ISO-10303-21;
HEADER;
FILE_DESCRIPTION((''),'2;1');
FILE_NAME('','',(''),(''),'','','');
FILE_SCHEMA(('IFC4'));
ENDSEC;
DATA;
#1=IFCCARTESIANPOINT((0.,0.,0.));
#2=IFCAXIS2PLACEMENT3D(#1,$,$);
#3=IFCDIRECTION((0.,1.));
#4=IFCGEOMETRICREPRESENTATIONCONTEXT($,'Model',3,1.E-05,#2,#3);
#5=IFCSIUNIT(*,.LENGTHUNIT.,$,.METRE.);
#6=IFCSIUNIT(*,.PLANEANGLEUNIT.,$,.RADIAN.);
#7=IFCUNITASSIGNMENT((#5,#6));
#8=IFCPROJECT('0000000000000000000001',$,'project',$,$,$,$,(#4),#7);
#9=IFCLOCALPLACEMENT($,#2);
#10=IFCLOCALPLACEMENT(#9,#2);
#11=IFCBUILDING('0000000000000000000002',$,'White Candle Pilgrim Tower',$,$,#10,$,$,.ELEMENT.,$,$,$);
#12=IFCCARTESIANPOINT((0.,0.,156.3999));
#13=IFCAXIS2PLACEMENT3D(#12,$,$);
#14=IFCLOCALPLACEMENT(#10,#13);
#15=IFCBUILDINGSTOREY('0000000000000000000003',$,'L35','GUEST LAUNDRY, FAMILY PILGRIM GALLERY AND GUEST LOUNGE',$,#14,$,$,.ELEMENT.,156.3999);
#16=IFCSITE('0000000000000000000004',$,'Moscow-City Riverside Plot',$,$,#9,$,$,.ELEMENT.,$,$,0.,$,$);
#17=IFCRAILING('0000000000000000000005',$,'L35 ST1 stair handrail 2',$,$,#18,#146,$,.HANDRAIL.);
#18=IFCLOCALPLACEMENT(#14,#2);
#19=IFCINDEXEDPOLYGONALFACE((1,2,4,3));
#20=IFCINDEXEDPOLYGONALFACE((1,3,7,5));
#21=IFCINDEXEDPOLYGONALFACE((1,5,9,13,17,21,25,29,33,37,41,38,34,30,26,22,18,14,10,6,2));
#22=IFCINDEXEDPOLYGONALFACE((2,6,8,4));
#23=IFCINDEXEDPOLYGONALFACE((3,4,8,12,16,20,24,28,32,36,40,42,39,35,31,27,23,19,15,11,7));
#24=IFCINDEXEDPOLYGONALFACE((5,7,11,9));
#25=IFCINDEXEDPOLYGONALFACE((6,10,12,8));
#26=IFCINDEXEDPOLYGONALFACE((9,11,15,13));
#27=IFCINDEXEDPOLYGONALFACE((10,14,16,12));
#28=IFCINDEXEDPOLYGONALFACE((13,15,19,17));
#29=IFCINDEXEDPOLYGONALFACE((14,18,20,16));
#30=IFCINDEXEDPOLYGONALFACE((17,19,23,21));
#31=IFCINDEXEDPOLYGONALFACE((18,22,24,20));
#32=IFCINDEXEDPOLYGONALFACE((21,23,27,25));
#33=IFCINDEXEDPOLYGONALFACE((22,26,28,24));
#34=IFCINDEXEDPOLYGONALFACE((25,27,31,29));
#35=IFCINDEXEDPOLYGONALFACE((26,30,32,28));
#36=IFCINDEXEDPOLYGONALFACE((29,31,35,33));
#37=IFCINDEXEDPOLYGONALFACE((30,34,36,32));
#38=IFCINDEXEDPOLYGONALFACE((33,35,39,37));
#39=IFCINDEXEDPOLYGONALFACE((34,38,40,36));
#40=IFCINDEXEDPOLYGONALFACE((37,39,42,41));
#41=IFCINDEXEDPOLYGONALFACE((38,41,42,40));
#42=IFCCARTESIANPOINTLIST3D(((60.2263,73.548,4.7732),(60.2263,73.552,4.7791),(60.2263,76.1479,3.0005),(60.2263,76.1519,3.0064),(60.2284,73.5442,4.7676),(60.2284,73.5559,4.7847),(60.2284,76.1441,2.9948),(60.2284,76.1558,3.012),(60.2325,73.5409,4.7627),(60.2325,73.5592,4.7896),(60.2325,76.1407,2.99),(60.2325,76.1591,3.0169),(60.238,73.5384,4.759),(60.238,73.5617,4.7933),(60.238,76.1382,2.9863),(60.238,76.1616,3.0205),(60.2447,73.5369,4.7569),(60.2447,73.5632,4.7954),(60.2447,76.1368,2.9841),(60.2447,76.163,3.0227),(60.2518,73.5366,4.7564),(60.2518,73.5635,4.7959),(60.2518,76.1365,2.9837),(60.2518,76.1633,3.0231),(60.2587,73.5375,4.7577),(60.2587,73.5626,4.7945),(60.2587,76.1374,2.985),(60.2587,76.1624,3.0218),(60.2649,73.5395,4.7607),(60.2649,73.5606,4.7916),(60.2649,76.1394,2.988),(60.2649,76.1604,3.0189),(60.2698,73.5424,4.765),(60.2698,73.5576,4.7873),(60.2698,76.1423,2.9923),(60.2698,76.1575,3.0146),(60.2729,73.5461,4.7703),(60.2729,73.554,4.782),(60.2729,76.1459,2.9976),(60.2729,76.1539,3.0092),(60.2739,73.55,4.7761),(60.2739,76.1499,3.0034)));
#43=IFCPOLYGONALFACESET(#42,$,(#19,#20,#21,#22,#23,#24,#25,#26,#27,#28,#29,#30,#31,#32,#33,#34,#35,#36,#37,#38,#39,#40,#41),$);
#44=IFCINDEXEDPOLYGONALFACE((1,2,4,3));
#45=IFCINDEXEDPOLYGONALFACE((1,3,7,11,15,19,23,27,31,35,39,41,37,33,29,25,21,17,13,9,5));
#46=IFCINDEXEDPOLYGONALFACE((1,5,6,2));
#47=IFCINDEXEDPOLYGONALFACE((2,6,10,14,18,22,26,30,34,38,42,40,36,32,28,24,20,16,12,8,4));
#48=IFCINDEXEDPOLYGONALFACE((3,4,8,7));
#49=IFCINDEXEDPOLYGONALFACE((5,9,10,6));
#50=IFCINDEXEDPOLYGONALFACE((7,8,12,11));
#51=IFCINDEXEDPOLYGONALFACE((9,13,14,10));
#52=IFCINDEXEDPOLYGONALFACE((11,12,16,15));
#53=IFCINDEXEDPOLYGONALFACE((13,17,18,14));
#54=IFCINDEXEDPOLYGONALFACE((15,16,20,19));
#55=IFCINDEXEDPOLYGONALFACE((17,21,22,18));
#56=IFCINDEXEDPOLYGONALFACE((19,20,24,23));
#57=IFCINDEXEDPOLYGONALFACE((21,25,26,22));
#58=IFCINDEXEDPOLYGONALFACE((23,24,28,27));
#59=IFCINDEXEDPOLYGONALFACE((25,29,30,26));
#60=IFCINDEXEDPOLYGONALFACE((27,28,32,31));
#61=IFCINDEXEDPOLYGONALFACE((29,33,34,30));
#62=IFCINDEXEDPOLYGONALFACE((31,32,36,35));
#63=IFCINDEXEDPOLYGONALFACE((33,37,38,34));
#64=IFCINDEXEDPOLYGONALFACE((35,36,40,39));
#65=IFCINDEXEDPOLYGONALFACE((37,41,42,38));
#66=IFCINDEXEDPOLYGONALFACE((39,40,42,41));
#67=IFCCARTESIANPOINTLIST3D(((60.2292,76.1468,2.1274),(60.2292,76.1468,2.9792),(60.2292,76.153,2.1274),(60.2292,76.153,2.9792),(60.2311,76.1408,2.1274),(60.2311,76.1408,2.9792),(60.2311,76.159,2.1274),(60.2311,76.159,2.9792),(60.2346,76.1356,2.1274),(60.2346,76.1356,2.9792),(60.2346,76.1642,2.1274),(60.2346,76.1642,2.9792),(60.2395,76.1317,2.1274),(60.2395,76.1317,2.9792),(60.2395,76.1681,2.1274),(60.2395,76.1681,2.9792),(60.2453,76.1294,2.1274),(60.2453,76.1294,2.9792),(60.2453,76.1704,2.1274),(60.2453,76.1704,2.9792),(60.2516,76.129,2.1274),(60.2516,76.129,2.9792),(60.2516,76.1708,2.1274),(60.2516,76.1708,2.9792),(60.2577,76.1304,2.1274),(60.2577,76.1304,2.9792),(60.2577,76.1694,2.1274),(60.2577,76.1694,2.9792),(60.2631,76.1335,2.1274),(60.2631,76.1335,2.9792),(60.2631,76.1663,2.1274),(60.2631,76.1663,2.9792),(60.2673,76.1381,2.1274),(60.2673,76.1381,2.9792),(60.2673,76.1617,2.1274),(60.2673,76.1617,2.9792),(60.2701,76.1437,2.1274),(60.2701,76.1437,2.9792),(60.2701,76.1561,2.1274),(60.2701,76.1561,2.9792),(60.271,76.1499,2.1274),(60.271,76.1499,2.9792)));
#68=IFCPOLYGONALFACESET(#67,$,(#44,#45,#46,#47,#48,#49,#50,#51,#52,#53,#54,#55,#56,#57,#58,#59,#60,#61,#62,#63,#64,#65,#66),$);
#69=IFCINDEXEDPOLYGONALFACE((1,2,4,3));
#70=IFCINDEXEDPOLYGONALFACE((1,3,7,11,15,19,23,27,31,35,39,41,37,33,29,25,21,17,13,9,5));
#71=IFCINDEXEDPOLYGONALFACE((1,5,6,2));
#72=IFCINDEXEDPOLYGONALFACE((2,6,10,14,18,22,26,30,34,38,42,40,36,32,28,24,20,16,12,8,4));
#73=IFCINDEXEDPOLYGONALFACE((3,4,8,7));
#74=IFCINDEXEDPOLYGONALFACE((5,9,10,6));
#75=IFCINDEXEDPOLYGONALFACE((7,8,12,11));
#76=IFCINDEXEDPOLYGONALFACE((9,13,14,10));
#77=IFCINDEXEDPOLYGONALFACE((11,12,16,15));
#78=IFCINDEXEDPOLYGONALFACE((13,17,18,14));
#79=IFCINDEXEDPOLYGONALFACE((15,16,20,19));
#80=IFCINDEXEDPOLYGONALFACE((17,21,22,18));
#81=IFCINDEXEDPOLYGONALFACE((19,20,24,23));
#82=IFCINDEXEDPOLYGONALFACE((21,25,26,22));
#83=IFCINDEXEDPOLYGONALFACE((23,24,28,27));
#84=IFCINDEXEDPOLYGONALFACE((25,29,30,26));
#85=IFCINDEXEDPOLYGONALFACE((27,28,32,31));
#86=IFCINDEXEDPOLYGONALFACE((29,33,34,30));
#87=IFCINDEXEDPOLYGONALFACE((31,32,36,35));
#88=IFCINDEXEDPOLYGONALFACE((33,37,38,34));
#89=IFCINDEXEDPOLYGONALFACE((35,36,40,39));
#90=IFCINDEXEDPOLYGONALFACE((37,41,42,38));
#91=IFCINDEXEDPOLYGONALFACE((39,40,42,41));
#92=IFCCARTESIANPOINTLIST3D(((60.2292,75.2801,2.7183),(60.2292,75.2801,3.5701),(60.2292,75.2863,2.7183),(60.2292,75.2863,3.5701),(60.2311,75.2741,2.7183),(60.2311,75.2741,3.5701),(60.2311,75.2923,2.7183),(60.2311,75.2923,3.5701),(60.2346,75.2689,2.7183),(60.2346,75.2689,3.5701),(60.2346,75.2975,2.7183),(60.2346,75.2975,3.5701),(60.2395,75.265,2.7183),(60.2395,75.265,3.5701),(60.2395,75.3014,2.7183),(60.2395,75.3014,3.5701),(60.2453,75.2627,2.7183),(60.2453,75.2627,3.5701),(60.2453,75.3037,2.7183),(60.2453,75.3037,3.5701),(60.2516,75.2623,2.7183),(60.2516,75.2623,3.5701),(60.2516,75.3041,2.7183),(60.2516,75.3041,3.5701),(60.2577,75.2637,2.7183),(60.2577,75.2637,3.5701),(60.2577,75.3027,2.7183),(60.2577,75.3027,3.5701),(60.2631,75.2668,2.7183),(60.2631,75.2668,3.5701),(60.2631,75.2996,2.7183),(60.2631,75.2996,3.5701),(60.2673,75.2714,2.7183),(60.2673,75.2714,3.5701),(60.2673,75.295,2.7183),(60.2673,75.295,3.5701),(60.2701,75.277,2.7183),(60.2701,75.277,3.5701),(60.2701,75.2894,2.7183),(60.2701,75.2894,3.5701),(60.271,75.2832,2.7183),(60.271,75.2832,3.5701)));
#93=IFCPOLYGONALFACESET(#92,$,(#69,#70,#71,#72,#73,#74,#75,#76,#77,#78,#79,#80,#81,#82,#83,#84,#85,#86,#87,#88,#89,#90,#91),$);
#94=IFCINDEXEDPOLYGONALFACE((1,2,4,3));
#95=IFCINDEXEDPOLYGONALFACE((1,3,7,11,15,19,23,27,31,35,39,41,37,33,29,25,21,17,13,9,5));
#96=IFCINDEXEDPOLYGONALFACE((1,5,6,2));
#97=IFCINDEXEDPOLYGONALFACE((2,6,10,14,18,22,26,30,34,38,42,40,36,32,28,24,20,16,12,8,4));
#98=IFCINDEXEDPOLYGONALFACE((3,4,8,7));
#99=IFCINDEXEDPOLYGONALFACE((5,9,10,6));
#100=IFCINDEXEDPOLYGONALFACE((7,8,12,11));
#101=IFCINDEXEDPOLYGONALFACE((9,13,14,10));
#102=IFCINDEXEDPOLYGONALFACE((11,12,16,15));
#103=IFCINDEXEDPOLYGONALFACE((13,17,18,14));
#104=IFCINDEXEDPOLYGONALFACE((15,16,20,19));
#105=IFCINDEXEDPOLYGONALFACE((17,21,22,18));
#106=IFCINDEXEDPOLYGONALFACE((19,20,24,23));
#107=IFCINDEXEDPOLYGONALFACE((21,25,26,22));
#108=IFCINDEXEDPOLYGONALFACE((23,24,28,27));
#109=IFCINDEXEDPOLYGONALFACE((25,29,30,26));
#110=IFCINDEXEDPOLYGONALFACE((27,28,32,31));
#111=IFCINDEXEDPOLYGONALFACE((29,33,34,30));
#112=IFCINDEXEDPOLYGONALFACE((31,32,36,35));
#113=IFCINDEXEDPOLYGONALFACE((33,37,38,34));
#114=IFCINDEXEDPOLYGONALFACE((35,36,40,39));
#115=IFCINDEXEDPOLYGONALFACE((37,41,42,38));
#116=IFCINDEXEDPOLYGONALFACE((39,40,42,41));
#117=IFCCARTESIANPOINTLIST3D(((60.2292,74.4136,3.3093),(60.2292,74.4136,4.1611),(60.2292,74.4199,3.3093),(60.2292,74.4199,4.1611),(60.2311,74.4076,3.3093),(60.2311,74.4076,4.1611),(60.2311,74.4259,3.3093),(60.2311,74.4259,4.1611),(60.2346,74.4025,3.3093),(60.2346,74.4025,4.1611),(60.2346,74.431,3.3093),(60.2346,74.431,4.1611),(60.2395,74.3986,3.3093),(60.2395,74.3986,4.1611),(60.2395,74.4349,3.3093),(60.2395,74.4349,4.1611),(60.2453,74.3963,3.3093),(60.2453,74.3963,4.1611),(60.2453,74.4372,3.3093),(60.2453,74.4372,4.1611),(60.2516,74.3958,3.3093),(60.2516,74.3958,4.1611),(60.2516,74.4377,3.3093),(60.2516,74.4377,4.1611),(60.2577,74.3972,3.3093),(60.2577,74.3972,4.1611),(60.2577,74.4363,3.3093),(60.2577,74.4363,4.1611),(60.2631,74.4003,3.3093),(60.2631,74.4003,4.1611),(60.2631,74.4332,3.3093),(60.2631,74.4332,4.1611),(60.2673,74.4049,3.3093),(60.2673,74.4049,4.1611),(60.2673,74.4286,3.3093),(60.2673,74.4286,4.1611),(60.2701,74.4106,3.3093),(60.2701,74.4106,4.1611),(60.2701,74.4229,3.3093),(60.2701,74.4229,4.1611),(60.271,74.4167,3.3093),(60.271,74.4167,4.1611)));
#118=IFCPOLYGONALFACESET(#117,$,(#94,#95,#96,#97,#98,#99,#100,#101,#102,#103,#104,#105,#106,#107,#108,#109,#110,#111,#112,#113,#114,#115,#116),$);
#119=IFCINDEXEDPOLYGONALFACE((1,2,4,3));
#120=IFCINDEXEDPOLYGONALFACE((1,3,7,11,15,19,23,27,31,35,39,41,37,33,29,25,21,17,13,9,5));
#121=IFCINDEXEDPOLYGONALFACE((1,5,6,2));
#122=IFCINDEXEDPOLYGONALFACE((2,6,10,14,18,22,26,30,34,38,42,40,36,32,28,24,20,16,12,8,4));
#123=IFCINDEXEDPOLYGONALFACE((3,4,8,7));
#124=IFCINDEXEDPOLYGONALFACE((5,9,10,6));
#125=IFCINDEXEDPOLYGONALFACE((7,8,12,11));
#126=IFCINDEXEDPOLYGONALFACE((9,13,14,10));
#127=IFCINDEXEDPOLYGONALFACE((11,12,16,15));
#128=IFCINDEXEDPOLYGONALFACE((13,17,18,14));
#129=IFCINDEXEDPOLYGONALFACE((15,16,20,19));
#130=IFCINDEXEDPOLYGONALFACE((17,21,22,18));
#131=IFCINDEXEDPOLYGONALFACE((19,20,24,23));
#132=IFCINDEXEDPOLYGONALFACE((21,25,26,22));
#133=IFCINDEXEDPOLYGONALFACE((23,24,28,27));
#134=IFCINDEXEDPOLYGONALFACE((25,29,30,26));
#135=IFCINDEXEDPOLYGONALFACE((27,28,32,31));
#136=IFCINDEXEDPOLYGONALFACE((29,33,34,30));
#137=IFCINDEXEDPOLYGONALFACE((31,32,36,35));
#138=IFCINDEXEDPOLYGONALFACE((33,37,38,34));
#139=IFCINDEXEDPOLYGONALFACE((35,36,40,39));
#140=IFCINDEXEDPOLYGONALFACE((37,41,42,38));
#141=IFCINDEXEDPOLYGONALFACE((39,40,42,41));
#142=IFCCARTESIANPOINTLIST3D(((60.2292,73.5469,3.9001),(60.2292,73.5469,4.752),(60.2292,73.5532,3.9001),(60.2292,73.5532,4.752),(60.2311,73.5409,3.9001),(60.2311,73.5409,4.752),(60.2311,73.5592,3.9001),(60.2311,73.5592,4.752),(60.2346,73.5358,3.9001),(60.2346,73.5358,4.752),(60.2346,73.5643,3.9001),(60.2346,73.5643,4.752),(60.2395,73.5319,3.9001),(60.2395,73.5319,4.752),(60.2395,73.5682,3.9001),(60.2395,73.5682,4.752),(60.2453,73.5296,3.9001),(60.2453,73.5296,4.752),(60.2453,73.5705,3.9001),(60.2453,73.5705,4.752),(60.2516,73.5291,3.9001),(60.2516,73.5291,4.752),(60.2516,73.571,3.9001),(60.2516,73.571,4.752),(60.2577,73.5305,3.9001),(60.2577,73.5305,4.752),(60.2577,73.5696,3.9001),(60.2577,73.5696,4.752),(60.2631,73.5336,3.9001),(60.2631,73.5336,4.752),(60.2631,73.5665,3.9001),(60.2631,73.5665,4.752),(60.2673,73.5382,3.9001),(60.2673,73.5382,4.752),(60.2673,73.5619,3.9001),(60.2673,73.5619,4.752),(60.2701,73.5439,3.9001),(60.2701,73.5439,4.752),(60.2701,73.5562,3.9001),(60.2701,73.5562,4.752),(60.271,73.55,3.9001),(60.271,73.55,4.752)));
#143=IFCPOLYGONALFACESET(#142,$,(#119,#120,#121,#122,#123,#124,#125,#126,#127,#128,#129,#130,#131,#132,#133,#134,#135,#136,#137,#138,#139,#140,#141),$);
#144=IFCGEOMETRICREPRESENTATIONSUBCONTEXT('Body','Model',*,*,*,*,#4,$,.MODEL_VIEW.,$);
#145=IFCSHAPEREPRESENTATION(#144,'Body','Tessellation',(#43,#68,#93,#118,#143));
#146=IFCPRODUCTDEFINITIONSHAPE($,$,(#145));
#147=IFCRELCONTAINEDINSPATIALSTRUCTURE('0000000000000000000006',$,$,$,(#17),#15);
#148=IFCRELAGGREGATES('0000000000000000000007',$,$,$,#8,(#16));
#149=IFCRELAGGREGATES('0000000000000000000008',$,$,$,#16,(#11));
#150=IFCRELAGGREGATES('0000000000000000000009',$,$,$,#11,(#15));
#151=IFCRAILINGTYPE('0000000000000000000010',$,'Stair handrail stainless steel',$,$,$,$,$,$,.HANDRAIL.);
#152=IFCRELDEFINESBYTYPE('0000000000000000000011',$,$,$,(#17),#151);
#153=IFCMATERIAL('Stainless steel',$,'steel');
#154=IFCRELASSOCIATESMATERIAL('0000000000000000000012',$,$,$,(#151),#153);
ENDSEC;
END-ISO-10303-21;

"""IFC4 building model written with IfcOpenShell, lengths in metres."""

from ifc_helpers import new_model, si_unit, direction, frame, origin, origin_2d, place, context, subcontext, project, spatial, circle, extrude, material, type_object, element, save


model = new_model("IFC4")

# Units and contexts
model_context = context("Model", 3, precision=1e-05, world=origin(), true_north=direction((0.0, 1.0)))
body_context = subcontext(model_context, "Body", "Model", "MODEL_VIEW")
ifc_project = project(units=[si_unit("LENGTHUNIT", "METRE"), si_unit("PLANEANGLEUNIT", "RADIAN")], contexts=[model_context])

# Site, building, storey
site_placement = place(None, origin())
site = spatial("IfcSite", under=ifc_project, at=site_placement, Name="Moscow-City Riverside Plot", CompositionType="ELEMENT", RefElevation=0.0)
building_placement = place(site_placement, origin())
building = spatial("IfcBuilding", under=site, at=building_placement, Name="White Candle Pilgrim Tower", CompositionType="ELEMENT")
storey_placement = place(building_placement, frame((0.0, 0.0, 156.3999)))
storey = spatial("IfcBuildingStorey", under=building, at=storey_placement, Name="L35", Description="GUEST LAUNDRY, FAMILY PILGRIM GALLERY AND GUEST LOUNGE", CompositionType="ELEMENT", Elevation=156.3999)

# Shared definitions
ifc_material_1 = material(Name="Stainless steel", Category="steel")

# Railing
railing_type_1 = type_object("IfcRailingType", Name="Stair handrail stainless steel", PredefinedType="HANDRAIL", material=ifc_material_1)
railing_1_placement = place(storey_placement, frame((60.25, 76.1499, 2.1274)))
element("IfcRailing", 1, at=railing_1_placement, inside=storey, type_object=railing_type_1, Name="L35 ST1 stair handrail 2", PredefinedType="HANDRAIL", context=body_context, shape_type="SweptSolid", body=[
    extrude(circle(Radius=0.0239, at=origin_2d()), frame((0.0, 0.0, 0.876), z_axis=(0.0, -0.826216, 0.563354), x_axis=(1.0, 0.0, 0.0)), (0.0, 0.0, 1.0), 3.1467),
    extrude(circle(Radius=0.021, at=origin_2d()), origin(), (0.0, 0.0, 1.0), 0.8518),
    extrude(circle(Radius=0.021, at=origin_2d()), frame((0.0, -0.8667, 0.5908)), (0.0, 0.0, 1.0), 0.8518),
    extrude(circle(Radius=0.021, at=origin_2d()), frame((0.0, -1.7332, 1.1819)), (0.0, 0.0, 1.0), 0.8518),
    extrude(circle(Radius=0.021, at=origin_2d()), frame((0.0, -2.5999, 1.7727)), (0.0, 0.0, 1.0), 0.8518),
])

save(model, "model.ifc")
